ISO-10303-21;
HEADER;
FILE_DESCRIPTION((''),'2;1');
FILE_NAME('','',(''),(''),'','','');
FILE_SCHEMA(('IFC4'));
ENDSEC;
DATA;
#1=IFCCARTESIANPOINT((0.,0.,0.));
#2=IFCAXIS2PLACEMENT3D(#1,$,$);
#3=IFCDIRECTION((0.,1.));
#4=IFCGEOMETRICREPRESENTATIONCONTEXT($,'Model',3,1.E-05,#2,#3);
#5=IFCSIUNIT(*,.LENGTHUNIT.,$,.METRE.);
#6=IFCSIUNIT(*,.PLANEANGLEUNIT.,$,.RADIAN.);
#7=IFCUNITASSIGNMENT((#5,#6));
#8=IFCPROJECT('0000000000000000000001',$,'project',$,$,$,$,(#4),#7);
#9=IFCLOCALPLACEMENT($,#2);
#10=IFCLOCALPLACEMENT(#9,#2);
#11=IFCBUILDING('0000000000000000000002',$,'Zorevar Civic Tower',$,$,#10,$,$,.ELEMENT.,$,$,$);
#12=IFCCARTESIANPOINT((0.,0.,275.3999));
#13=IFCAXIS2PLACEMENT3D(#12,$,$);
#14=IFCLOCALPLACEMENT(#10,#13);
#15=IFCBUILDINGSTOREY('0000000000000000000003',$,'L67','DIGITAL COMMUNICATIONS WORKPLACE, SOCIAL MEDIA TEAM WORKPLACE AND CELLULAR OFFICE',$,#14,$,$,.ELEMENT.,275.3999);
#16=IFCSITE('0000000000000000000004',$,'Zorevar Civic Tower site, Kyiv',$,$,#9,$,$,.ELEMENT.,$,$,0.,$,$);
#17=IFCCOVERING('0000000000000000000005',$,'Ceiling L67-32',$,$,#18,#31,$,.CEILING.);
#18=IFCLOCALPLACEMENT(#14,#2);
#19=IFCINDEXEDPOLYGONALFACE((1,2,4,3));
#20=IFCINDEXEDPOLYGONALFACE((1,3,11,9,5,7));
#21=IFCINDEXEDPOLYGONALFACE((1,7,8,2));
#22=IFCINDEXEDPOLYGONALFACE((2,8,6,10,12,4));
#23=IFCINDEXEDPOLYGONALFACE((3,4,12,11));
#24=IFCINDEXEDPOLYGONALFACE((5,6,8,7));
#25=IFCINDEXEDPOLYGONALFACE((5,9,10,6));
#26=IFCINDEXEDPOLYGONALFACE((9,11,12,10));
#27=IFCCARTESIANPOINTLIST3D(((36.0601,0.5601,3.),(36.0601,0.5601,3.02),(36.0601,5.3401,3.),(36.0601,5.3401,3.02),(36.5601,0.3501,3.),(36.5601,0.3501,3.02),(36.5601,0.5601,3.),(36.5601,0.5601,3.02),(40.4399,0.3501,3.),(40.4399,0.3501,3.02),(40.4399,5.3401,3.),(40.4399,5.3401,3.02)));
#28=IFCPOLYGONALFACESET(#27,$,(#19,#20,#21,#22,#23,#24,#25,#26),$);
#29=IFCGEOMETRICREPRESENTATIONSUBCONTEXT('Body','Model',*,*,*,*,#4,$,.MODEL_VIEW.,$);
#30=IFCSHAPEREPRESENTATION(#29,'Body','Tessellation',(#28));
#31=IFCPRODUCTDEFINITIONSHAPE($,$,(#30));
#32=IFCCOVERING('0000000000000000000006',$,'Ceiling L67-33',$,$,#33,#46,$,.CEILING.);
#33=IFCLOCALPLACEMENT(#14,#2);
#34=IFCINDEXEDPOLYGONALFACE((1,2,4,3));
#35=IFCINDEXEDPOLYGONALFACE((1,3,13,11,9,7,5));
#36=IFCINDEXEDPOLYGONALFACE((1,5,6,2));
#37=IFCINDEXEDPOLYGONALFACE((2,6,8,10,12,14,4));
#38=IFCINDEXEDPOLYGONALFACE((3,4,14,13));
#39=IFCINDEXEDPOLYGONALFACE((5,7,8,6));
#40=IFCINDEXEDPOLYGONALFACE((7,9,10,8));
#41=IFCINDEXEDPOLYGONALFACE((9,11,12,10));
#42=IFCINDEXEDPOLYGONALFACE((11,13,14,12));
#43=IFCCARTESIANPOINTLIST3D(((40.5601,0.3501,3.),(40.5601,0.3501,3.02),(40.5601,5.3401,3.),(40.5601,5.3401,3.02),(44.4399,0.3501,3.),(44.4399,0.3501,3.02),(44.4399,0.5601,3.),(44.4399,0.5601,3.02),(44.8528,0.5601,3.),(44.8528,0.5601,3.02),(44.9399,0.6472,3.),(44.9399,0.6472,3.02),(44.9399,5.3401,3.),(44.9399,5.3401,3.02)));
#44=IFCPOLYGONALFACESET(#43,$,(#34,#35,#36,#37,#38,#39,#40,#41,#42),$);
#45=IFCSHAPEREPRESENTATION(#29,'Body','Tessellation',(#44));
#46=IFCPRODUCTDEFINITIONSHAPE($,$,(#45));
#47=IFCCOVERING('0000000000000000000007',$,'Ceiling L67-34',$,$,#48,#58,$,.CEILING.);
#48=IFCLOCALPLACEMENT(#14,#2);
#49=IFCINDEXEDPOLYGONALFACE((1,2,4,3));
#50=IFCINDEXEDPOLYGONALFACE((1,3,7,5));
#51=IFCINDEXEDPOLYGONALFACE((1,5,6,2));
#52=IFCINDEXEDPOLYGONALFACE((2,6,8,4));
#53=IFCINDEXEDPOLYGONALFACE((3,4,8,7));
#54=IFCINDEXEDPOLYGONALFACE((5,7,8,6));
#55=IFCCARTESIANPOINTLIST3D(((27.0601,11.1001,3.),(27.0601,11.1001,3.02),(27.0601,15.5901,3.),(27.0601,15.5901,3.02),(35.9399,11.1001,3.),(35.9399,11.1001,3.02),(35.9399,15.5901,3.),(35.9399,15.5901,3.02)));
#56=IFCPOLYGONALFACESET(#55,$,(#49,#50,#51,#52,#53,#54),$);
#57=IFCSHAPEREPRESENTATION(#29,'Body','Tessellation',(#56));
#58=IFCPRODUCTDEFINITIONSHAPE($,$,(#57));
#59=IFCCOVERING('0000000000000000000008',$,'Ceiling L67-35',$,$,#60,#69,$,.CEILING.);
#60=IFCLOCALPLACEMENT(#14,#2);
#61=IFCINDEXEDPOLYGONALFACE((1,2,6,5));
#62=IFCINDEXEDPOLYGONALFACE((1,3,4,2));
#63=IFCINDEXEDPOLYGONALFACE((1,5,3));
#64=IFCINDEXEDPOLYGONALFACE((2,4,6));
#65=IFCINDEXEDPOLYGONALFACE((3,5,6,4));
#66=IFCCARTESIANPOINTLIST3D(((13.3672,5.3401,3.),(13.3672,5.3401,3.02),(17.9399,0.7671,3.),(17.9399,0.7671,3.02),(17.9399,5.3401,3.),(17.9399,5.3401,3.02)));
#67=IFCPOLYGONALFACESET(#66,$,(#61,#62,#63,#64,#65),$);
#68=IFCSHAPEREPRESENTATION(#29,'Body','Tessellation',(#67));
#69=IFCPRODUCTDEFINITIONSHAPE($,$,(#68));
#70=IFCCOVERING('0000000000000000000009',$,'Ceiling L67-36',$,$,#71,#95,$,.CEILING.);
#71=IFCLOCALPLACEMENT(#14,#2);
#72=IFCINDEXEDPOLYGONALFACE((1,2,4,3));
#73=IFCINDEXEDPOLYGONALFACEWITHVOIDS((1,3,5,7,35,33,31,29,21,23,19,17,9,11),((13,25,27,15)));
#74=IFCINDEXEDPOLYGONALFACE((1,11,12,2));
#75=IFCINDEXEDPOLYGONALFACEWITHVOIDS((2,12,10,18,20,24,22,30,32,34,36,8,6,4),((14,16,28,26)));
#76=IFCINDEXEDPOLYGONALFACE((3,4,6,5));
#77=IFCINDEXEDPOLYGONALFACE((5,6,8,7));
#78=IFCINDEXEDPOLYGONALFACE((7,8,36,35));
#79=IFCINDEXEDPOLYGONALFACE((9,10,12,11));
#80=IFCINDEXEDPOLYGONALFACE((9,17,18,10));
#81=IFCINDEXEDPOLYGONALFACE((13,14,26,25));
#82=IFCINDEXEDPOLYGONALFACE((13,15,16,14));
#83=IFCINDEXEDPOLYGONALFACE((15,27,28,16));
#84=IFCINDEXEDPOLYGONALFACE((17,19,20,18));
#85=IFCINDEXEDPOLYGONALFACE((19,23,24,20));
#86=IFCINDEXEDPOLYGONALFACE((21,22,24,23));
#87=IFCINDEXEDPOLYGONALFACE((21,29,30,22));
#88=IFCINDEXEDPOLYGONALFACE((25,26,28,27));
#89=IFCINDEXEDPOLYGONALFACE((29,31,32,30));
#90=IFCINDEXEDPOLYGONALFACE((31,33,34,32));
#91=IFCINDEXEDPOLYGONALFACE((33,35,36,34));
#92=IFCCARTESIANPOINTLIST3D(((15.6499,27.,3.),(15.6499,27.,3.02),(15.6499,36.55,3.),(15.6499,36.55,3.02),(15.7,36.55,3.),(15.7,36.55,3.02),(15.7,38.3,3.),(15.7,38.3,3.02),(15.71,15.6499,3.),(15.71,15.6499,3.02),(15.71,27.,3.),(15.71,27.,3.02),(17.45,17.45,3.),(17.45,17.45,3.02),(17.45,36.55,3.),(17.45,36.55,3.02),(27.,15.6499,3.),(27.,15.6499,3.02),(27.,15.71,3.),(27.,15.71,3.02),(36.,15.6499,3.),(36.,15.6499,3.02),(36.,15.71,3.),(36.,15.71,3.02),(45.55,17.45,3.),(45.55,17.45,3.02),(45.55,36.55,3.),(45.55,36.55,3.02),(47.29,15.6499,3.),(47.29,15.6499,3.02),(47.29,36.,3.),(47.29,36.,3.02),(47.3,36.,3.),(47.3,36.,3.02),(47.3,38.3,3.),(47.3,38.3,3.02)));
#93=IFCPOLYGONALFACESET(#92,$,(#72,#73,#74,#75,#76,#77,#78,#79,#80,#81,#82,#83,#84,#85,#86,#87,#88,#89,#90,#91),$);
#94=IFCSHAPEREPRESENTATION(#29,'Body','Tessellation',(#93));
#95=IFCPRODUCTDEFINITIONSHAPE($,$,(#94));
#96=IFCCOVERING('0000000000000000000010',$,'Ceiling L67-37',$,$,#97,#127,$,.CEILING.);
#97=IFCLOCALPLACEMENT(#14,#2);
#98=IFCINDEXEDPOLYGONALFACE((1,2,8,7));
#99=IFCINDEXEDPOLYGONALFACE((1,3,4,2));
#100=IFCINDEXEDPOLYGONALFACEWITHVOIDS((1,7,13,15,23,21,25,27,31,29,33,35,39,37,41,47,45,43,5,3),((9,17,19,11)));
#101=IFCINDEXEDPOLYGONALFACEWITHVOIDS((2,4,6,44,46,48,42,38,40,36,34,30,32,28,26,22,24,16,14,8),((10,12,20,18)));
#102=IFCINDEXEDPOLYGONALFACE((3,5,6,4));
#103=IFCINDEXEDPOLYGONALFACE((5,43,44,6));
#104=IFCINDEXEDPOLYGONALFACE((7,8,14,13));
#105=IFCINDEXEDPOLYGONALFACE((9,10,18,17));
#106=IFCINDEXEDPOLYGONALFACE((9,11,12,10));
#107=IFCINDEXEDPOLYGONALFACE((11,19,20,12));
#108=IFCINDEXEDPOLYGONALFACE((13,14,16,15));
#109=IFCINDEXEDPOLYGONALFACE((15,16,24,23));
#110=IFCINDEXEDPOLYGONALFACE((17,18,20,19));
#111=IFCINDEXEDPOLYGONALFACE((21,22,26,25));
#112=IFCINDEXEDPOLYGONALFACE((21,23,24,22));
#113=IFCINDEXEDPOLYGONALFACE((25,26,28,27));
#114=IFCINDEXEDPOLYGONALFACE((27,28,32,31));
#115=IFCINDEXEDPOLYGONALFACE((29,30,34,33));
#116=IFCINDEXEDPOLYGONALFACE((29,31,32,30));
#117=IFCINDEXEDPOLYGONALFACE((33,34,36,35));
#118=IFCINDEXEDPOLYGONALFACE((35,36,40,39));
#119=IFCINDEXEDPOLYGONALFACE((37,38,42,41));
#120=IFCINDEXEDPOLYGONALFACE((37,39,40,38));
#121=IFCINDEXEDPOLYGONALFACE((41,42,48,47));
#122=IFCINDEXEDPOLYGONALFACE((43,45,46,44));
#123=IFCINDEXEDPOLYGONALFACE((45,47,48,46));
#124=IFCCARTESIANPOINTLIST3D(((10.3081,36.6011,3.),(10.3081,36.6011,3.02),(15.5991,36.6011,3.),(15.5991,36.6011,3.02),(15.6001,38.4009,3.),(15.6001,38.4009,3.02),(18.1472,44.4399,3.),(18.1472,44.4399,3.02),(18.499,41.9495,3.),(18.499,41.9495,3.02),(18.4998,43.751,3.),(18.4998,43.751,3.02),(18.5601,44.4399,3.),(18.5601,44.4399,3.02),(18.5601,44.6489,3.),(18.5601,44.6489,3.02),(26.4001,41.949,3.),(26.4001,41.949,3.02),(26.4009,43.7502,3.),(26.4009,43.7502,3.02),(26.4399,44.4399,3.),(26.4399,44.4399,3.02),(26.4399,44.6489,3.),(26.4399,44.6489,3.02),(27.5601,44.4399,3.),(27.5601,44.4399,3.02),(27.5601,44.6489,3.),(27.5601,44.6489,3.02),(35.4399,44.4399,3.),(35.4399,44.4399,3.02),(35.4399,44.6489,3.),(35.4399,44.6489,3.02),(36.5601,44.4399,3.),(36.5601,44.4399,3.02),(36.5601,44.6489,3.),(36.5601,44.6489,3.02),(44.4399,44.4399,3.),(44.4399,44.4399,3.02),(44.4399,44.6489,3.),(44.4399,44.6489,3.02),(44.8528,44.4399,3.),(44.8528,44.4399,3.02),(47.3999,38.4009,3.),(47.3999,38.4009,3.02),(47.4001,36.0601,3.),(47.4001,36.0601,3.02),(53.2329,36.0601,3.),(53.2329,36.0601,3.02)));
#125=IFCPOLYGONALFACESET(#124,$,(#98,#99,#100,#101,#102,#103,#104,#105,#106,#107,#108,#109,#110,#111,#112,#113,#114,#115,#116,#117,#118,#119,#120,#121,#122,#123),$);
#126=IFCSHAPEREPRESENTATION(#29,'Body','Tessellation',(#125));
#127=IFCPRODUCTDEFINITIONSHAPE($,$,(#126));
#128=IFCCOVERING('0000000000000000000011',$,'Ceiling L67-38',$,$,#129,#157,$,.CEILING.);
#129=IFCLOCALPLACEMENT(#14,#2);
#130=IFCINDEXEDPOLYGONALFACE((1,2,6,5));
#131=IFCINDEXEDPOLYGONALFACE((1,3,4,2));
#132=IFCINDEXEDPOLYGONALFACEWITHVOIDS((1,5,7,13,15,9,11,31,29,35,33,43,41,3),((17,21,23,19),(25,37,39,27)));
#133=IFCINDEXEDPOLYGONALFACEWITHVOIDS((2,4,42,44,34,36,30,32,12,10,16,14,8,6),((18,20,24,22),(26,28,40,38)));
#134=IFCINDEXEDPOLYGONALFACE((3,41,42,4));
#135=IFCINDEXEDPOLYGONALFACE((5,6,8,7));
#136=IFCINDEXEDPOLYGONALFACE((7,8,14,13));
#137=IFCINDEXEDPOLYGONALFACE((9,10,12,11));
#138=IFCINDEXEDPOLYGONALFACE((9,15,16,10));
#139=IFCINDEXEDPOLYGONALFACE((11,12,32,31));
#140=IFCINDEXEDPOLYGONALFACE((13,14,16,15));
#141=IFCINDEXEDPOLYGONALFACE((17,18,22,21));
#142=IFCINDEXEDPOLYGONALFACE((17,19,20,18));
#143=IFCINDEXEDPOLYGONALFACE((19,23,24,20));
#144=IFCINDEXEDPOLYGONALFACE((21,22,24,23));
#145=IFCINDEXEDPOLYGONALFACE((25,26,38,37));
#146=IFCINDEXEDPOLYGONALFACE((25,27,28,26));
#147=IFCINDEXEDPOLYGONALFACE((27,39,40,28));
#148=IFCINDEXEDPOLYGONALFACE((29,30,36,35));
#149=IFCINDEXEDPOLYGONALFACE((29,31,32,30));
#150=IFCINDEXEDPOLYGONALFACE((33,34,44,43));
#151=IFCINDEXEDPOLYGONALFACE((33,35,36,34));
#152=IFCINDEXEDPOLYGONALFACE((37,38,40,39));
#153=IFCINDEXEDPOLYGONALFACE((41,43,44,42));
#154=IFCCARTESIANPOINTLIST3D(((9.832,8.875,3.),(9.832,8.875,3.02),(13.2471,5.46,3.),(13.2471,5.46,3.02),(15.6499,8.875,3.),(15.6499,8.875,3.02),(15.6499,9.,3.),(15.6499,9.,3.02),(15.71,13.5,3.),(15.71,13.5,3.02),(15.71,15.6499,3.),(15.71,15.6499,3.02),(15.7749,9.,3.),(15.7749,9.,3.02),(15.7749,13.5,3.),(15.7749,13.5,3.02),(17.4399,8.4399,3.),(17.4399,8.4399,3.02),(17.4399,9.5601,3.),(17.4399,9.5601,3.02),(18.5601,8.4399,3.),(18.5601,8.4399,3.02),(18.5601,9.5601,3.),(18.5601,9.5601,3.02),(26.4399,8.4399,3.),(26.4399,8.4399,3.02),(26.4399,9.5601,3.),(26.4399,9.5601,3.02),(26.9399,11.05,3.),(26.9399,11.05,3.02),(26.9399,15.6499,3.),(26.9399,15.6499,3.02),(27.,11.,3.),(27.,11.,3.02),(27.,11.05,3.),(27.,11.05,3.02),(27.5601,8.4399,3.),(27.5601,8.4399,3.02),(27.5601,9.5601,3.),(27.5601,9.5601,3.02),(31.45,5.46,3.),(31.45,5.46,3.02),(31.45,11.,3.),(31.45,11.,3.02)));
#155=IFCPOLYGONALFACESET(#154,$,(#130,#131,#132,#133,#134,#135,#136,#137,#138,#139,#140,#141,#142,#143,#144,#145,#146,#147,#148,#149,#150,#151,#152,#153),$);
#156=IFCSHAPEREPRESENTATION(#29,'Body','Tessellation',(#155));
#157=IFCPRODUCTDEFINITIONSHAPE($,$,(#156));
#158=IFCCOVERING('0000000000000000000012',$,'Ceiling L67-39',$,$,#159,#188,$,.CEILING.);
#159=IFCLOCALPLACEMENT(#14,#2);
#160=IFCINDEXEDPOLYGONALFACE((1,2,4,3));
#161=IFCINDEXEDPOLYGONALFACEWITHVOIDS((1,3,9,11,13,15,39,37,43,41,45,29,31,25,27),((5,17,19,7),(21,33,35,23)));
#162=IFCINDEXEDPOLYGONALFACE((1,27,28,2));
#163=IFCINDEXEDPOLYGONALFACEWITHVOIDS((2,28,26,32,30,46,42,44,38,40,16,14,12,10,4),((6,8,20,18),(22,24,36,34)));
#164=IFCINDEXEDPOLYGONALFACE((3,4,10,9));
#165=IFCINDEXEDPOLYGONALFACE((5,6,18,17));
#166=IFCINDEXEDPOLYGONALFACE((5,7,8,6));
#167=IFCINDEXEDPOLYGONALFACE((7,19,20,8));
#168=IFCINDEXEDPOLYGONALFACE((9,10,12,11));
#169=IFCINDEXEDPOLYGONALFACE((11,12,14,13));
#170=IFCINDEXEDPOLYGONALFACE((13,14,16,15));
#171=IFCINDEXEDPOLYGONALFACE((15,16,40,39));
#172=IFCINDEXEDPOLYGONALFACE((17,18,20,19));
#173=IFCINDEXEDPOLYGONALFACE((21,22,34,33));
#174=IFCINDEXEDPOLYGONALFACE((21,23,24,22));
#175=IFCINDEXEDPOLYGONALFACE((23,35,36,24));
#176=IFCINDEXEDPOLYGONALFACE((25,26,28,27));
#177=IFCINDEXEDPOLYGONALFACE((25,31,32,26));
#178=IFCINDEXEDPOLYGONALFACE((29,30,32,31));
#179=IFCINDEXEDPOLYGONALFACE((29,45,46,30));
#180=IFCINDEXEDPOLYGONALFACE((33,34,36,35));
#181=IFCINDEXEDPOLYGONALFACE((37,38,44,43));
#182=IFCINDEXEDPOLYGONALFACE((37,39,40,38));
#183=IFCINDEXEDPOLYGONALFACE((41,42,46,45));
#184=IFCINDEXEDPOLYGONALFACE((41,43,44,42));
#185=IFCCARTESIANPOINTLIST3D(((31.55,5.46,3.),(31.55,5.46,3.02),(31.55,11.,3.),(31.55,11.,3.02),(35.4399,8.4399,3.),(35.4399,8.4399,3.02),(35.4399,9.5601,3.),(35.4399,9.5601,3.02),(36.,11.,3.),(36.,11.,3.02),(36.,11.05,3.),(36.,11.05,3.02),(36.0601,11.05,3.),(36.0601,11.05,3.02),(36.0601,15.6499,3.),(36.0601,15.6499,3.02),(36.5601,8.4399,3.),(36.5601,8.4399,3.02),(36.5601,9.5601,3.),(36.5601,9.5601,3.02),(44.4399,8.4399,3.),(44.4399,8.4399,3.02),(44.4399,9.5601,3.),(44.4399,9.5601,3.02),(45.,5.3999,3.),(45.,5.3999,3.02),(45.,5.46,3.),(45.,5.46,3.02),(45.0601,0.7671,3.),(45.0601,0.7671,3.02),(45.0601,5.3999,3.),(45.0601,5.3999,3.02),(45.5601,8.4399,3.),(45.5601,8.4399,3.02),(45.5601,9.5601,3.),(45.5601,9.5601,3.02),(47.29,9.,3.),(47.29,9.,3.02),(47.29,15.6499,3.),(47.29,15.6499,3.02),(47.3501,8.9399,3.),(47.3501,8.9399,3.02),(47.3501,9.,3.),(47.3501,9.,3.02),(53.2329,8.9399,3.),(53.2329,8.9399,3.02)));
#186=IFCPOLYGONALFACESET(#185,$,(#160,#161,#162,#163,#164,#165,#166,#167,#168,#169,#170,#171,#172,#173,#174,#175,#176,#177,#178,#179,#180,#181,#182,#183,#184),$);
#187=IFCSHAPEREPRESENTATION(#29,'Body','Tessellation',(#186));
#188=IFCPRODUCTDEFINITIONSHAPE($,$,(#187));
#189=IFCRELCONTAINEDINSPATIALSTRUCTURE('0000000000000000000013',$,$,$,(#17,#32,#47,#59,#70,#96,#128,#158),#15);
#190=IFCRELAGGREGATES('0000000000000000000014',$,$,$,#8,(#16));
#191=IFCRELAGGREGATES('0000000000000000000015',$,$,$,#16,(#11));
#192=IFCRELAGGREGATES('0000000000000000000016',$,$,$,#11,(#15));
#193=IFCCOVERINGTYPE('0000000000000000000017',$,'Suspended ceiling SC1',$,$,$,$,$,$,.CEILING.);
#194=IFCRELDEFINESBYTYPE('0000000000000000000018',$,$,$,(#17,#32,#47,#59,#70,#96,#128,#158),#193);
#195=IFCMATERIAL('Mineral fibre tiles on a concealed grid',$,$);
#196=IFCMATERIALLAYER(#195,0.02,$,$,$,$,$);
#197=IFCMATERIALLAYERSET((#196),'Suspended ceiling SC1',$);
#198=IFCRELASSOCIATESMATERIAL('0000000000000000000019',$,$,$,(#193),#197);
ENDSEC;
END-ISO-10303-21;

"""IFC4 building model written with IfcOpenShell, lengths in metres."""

from ifc_helpers import new_model, si_unit, direction, frame, origin, place, context, subcontext, project, spatial, polyline, outline, extrude, material, layer, layer_set, type_object, element, save


model = new_model("IFC4")

# Units and contexts
model_context = context("Model", 3, precision=1e-05, world=origin(), true_north=direction((0.0, 1.0)))
body_context = subcontext(model_context, "Body", "Model", "MODEL_VIEW")
ifc_project = project(units=[si_unit("LENGTHUNIT", "METRE"), si_unit("PLANEANGLEUNIT", "RADIAN")], contexts=[model_context])

# Site, building, storey
site_placement = place(None, origin())
site = spatial("IfcSite", under=ifc_project, at=site_placement, Name="Zorevar Civic Tower site, Kyiv", CompositionType="ELEMENT", RefElevation=0.0)
building_placement = place(site_placement, origin())
building = spatial("IfcBuilding", under=site, at=building_placement, Name="Zorevar Civic Tower", CompositionType="ELEMENT")
storey_placement = place(building_placement, frame((0.0, 0.0, 275.3999)))
storey = spatial("IfcBuildingStorey", under=building, at=storey_placement, Name="L67", Description="DIGITAL COMMUNICATIONS WORKPLACE, SOCIAL MEDIA TEAM WORKPLACE AND CELLULAR OFFICE", CompositionType="ELEMENT", Elevation=275.3999)

# Coverings
ifc_material_1 = material(Name="Mineral fibre tiles on a concealed grid")
ifc_layer_1 = layer(ifc_material_1, 0.02)
ifc_layer_set_1 = layer_set([ifc_layer_1], Name="Suspended ceiling SC1")
covering_type_1 = type_object("IfcCoveringType", Name="Suspended ceiling SC1", PredefinedType="CEILING", material=ifc_layer_set_1)
covering_1_placement = place(storey_placement, frame((0.0, 0.0, 3.0)))
element("IfcCovering", 1, at=covering_1_placement, inside=storey, type_object=covering_type_1, Name="Ceiling L67-32", PredefinedType="CEILING", context=body_context, shape_type="SweptSolid", body=[
    extrude(outline(polyline([(40.4399, 5.3401), (40.4399, 0.3501), (36.5601, 0.3501), (36.5601, 0.5601), (36.0601, 0.5601), (36.0601, 5.3401), (40.4399, 5.3401)])), origin(), (0.0, 0.0, 1.0), 0.02),
])
covering_2_placement = place(storey_placement, frame((0.0, 0.0, 3.0)))
element("IfcCovering", 2, at=covering_2_placement, inside=storey, type_object=covering_type_1, Name="Ceiling L67-33", PredefinedType="CEILING", context=body_context, shape_type="SweptSolid", body=[
    extrude(outline(polyline([(44.9399, 0.6472), (44.8528, 0.5601), (44.4399, 0.5601), (44.4399, 0.3501), (40.5601, 0.3501), (40.5601, 5.3401), (44.9399, 5.3401), (44.9399, 0.6472)])), origin(), (0.0, 0.0, 1.0), 0.02),
])
covering_3_placement = place(storey_placement, frame((0.0, 0.0, 3.0)))
element("IfcCovering", 3, at=covering_3_placement, inside=storey, type_object=covering_type_1, Name="Ceiling L67-34", PredefinedType="CEILING", context=body_context, shape_type="SweptSolid", body=[
    extrude(outline(polyline([(27.0601, 15.5901), (35.9399, 15.5901), (35.9399, 11.1001), (27.0601, 11.1001), (27.0601, 15.5901)])), origin(), (0.0, 0.0, 1.0), 0.02),
])
covering_4_placement = place(storey_placement, frame((0.0, 0.0, 3.0)))
element("IfcCovering", 4, at=covering_4_placement, inside=storey, type_object=covering_type_1, Name="Ceiling L67-35", PredefinedType="CEILING", context=body_context, shape_type="SweptSolid", body=[
    extrude(outline(polyline([(17.9399, 5.3401), (17.9399, 0.7671), (13.3672, 5.3401), (17.9399, 5.3401)])), origin(), (0.0, 0.0, 1.0), 0.02),
])
covering_5_placement = place(storey_placement, frame((0.0, 0.0, 3.0)))
element("IfcCovering", 5, at=covering_5_placement, inside=storey, type_object=covering_type_1, Name="Ceiling L67-36", PredefinedType="CEILING", context=body_context, shape_type="SweptSolid", body=[
    extrude(outline(polyline([(15.71, 15.6499), (15.71, 27.0), (15.6499, 27.0), (15.6499, 36.55), (15.7, 36.55), (15.7, 38.3), (47.3, 38.3), (47.3, 36.0), (47.29, 36.0), (47.29, 15.6499), (36.0, 15.6499), (36.0, 15.71), (27.0, 15.71), (27.0, 15.6499), (15.71, 15.6499)]), holes=[polyline([(17.45, 36.55), (17.45, 17.45), (45.55, 17.45), (45.55, 36.55), (17.45, 36.55)])]), origin(), (0.0, 0.0, 1.0), 0.02),
])
covering_6_placement = place(storey_placement, frame((0.0, 0.0, 3.0)))
element("IfcCovering", 6, at=covering_6_placement, inside=storey, type_object=covering_type_1, Name="Ceiling L67-37", PredefinedType="CEILING", context=body_context, shape_type="SweptSolid", body=[
    extrude(outline(polyline([(18.5601, 44.4399), (18.5601, 44.6489), (26.4399, 44.6489), (26.4399, 44.4399), (27.5601, 44.4399), (27.5601, 44.6489), (35.4399, 44.6489), (35.4399, 44.4399), (36.5601, 44.4399), (36.5601, 44.6489), (44.4399, 44.6489), (44.4399, 44.4399), (44.8528, 44.4399), (53.2329, 36.0601), (47.4001, 36.0601), (47.3999, 38.4009), (15.6001, 38.4009), (15.5991, 36.6011), (10.3081, 36.6011), (18.1472, 44.4399), (18.5601, 44.4399)]), holes=[polyline([(18.4998, 43.751), (18.499, 41.9495), (26.4001, 41.949), (26.4009, 43.7502), (18.4998, 43.751)])]), origin(), (0.0, 0.0, 1.0), 0.02),
])
covering_7_placement = place(storey_placement, frame((0.0, 0.0, 3.0)))
element("IfcCovering", 7, at=covering_7_placement, inside=storey, type_object=covering_type_1, Name="Ceiling L67-38", PredefinedType="CEILING", context=body_context, shape_type="SweptSolid", body=[
    extrude(outline(polyline([(15.7749, 13.5), (15.71, 13.5), (15.71, 15.6499), (26.9399, 15.6499), (26.9399, 11.05), (27.0, 11.05), (27.0, 11.0), (31.45, 11.0), (31.45, 5.46), (13.2471, 5.46), (9.832, 8.875), (15.6499, 8.875), (15.6499, 9.0), (15.7749, 9.0), (15.7749, 13.5)]), holes=[polyline([(17.4399, 8.4399), (18.5601, 8.4399), (18.5601, 9.5601), (17.4399, 9.5601), (17.4399, 8.4399)]), polyline([(26.4399, 9.5601), (26.4399, 8.4399), (27.5601, 8.4399), (27.5601, 9.5601), (26.4399, 9.5601)])]), origin(), (0.0, 0.0, 1.0), 0.02),
])
covering_8_placement = place(storey_placement, frame((0.0, 0.0, 3.0)))
element("IfcCovering", 8, at=covering_8_placement, inside=storey, type_object=covering_type_1, Name="Ceiling L67-39", PredefinedType="CEILING", context=body_context, shape_type="SweptSolid", body=[
    extrude(outline(polyline([(45.0601, 5.3999), (45.0, 5.3999), (45.0, 5.46), (31.55, 5.46), (31.55, 11.0), (36.0, 11.0), (36.0, 11.05), (36.0601, 11.05), (36.0601, 15.6499), (47.29, 15.6499), (47.29, 9.0), (47.3501, 9.0), (47.3501, 8.9399), (53.2329, 8.9399), (45.0601, 0.7671), (45.0601, 5.3999)]), holes=[polyline([(36.5601, 9.5601), (35.4399, 9.5601), (35.4399, 8.4399), (36.5601, 8.4399), (36.5601, 9.5601)]), polyline([(44.4399, 8.4399), (45.5601, 8.4399), (45.5601, 9.5601), (44.4399, 9.5601), (44.4399, 8.4399)])]), origin(), (0.0, 0.0, 1.0), 0.02),
])

save(model, "model.ifc")
